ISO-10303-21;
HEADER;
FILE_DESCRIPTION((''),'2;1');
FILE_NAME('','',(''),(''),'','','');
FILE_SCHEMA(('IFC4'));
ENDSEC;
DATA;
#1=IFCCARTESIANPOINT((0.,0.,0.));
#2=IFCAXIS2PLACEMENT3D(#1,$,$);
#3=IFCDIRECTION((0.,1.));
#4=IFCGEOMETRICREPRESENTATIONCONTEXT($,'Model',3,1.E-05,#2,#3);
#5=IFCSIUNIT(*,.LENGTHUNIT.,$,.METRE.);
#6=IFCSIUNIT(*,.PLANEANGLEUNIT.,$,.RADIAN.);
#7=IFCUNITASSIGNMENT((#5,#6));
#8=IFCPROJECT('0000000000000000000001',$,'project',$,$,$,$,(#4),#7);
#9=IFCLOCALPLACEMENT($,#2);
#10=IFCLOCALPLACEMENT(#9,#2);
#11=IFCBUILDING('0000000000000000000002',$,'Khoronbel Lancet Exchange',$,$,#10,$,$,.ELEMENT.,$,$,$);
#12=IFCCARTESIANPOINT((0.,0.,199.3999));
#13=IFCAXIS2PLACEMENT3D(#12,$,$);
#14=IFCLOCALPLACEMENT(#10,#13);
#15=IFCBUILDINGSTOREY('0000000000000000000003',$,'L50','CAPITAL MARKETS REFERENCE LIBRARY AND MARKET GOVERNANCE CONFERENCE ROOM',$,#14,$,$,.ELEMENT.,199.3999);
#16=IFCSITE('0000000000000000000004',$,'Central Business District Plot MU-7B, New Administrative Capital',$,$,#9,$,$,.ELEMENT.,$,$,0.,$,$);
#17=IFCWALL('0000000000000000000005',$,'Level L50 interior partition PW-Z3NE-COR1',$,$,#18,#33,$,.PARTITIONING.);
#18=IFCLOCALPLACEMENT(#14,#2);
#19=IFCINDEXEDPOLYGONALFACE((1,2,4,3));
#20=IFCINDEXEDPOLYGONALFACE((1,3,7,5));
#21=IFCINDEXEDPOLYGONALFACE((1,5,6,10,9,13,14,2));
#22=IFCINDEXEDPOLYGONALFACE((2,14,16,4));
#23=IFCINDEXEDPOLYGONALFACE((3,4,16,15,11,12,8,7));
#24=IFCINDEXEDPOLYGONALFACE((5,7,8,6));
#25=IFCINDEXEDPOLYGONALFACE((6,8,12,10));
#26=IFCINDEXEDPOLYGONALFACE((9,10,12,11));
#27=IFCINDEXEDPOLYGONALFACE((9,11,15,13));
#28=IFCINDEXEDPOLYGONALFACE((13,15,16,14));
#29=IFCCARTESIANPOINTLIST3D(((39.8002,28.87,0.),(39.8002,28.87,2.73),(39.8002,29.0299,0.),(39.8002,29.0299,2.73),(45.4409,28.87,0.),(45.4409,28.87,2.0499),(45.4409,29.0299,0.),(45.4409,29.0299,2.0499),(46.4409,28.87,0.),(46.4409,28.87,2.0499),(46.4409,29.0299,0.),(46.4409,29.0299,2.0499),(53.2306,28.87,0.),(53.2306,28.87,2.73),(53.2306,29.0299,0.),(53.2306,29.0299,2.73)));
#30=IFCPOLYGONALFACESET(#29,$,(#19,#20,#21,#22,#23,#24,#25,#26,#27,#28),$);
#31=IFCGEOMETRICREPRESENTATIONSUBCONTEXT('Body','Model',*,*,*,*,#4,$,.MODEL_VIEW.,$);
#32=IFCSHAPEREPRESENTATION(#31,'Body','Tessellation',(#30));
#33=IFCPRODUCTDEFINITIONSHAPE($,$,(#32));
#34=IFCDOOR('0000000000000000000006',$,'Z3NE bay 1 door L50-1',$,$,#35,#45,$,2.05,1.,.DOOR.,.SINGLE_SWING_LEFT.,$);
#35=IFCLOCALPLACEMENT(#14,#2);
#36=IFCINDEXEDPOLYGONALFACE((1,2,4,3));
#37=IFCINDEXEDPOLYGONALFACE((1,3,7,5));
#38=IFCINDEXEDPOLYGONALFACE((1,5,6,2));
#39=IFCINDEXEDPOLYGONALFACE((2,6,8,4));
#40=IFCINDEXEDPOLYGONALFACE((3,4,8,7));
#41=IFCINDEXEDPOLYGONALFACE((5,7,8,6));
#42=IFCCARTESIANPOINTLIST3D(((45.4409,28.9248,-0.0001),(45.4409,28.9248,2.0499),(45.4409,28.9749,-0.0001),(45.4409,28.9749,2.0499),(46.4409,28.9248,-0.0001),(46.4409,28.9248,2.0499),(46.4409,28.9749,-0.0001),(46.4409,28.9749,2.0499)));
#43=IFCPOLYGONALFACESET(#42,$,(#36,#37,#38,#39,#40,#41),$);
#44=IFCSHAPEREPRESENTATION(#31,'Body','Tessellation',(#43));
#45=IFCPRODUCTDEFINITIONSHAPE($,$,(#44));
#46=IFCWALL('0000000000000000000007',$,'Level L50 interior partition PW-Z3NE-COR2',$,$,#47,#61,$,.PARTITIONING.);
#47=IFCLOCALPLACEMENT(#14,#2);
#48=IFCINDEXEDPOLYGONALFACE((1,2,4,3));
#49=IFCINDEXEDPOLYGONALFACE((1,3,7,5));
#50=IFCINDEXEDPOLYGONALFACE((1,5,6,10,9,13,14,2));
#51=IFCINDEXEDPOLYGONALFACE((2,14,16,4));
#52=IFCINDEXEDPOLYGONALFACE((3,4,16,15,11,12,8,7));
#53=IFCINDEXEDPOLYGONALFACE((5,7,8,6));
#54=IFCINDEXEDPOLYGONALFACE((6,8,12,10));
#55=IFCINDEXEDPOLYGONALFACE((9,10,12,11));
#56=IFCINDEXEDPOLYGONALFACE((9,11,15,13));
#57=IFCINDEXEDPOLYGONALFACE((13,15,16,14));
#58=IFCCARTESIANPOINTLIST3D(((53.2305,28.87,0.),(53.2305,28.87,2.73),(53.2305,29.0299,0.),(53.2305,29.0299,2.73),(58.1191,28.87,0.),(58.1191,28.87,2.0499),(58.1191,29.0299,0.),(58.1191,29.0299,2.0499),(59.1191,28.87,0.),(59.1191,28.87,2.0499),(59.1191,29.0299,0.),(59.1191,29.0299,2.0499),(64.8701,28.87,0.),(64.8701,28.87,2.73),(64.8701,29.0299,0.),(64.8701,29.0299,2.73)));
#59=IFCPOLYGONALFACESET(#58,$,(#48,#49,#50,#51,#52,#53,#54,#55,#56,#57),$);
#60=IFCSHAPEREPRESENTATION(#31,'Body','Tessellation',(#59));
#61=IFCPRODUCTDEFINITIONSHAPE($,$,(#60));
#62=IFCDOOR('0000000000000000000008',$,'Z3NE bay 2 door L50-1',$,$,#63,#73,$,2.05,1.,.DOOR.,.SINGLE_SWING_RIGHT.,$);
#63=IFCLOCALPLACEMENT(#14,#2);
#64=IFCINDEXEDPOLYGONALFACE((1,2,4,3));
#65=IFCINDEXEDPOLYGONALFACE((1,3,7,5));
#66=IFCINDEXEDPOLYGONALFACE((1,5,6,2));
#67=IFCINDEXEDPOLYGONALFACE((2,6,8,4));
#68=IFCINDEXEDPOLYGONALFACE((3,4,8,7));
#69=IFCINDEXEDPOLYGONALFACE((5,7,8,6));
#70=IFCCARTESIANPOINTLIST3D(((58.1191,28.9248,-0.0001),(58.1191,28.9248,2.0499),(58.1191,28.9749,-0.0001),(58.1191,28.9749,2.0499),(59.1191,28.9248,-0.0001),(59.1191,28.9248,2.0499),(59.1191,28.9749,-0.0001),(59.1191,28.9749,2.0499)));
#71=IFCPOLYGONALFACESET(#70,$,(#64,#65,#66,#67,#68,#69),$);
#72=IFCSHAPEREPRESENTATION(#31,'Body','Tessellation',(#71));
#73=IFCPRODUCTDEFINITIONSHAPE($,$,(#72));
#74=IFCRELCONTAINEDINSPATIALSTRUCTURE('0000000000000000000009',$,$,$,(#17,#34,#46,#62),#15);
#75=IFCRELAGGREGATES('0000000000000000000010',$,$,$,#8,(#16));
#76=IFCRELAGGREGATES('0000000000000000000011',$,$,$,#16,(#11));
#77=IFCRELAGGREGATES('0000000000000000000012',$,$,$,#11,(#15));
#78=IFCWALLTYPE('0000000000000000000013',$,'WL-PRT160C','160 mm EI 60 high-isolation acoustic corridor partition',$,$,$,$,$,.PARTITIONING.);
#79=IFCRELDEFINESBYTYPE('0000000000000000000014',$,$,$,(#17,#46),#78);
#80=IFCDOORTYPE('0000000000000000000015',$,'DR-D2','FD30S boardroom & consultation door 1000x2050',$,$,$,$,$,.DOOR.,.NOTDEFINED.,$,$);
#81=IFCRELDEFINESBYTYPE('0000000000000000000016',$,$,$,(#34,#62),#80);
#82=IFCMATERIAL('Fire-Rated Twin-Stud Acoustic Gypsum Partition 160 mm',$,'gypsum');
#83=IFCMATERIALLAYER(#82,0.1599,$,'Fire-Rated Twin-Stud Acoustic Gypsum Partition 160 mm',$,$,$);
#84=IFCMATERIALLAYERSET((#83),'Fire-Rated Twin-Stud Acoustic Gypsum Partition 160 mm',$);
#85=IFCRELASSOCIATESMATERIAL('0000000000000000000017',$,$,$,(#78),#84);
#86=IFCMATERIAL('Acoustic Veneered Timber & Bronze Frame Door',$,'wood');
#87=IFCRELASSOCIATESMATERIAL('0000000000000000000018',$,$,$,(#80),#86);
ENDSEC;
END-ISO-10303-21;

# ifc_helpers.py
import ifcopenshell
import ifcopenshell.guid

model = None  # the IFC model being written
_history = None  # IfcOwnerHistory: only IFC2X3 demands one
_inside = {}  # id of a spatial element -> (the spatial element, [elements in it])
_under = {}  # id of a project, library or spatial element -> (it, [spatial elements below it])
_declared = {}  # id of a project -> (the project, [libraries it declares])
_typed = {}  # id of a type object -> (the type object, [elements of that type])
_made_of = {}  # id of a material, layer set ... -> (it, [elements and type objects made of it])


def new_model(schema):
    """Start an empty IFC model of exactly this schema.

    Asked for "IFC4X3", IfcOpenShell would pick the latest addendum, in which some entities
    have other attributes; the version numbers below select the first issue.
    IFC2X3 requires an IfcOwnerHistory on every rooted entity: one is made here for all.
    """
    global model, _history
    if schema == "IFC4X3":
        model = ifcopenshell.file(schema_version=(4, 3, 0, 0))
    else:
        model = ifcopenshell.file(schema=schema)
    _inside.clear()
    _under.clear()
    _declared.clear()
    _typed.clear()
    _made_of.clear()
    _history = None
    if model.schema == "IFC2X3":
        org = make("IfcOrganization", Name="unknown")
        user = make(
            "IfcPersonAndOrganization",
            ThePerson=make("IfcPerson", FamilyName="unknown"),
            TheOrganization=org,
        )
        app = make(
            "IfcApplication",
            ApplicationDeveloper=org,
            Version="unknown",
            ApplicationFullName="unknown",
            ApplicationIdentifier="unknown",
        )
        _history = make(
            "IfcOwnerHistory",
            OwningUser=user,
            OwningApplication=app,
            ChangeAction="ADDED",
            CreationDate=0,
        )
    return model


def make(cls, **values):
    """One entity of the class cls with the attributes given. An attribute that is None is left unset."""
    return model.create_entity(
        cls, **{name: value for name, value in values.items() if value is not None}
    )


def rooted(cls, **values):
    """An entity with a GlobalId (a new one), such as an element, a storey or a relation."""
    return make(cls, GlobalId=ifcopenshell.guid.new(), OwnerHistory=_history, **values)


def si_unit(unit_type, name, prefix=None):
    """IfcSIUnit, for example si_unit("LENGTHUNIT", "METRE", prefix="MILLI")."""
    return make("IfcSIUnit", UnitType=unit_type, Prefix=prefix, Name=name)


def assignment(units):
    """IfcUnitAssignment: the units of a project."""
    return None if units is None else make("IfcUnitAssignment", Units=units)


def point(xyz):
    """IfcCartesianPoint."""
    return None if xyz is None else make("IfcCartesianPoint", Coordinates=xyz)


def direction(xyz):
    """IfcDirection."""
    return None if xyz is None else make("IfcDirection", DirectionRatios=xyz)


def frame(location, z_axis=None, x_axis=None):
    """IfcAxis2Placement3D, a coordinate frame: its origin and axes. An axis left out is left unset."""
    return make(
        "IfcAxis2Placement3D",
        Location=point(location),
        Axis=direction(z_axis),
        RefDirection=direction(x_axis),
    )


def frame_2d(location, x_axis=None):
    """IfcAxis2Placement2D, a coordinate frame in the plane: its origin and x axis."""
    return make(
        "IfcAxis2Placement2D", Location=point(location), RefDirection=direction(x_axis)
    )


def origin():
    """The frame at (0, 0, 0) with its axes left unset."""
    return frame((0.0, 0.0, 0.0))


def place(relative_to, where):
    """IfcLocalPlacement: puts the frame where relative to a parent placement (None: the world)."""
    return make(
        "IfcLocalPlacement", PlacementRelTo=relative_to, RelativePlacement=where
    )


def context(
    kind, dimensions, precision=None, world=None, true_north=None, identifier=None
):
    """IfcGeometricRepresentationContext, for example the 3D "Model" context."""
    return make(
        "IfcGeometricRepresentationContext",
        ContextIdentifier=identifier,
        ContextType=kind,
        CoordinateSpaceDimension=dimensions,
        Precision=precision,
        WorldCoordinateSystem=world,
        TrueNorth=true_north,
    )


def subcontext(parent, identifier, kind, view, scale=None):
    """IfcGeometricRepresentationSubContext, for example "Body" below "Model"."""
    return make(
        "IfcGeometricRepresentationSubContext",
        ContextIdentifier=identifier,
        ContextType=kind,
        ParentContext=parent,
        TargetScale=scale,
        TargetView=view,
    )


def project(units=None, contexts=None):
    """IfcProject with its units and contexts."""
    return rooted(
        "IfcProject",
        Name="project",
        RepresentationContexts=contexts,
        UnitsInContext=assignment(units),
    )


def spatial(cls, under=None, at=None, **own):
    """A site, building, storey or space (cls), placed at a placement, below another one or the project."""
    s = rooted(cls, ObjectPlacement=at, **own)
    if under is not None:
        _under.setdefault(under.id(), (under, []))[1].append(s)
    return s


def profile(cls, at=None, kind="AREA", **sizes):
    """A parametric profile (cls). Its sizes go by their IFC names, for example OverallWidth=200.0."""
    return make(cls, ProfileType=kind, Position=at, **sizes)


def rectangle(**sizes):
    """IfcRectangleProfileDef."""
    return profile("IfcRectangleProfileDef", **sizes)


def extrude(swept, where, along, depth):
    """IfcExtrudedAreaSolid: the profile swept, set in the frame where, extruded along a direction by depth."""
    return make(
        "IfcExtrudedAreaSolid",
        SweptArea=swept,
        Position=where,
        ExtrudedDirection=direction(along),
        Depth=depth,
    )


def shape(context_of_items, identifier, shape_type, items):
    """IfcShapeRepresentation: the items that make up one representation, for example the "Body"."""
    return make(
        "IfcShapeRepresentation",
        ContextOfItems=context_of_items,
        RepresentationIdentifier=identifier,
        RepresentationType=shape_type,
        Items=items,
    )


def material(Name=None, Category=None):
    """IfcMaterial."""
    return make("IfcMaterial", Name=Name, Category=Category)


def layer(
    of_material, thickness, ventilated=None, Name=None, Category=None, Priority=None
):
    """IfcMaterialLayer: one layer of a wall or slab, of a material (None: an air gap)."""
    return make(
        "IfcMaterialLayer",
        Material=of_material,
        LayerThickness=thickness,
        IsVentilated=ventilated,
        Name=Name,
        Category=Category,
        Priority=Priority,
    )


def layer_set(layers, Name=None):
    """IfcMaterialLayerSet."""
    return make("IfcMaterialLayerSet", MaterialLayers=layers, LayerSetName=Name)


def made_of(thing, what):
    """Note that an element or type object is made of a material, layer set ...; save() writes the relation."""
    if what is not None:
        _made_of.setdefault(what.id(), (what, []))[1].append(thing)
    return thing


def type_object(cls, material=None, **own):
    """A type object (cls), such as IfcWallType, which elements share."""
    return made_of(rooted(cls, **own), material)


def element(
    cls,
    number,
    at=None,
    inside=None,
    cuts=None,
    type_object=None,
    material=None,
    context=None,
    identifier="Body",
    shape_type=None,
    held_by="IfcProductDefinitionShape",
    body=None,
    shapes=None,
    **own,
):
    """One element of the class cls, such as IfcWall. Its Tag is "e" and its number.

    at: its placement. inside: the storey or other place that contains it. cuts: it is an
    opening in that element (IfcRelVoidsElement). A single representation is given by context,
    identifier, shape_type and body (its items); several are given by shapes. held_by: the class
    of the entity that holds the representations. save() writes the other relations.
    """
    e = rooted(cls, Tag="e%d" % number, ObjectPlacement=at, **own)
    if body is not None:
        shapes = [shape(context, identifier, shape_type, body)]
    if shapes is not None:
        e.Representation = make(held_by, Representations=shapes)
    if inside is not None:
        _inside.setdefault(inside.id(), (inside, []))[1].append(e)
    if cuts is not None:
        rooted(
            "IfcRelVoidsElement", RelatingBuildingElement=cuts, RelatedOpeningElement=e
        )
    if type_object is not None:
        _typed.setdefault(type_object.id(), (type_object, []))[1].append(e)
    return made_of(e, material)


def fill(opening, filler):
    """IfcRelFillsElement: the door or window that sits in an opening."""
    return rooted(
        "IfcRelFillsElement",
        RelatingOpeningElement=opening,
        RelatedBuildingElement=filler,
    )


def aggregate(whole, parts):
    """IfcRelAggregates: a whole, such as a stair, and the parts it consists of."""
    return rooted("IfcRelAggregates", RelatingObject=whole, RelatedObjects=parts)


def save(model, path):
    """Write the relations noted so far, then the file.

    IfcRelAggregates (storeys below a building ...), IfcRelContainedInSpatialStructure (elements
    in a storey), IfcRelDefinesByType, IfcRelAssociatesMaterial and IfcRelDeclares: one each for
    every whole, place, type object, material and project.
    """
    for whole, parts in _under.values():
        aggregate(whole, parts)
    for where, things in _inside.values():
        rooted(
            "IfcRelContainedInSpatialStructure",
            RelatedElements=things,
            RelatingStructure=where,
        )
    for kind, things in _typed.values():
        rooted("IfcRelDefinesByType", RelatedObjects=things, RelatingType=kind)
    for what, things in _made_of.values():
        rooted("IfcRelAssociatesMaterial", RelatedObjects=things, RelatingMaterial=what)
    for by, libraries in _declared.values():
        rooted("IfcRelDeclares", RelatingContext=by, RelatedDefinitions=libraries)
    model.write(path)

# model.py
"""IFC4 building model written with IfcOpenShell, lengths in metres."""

from ifc_helpers import new_model, si_unit, direction, frame, frame_2d, origin, place, context, subcontext, project, spatial, rectangle, extrude, material, layer, layer_set, type_object, element, fill, save


model = new_model("IFC4")

# Units and contexts
model_context = context("Model", 3, precision=1e-05, world=origin(), true_north=direction((0.0, 1.0)))
body_context = subcontext(model_context, "Body", "Model", "MODEL_VIEW")
ifc_project = project(units=[si_unit("LENGTHUNIT", "METRE"), si_unit("PLANEANGLEUNIT", "RADIAN")], contexts=[model_context])

# Site, building, storey
site_placement = place(None, origin())
site = spatial("IfcSite", under=ifc_project, at=site_placement, Name="Central Business District Plot MU-7B, New Administrative Capital", CompositionType="ELEMENT", RefElevation=0.0)
building_placement = place(site_placement, origin())
building = spatial("IfcBuilding", under=site, at=building_placement, Name="Khoronbel Lancet Exchange", CompositionType="ELEMENT")
storey_placement = place(building_placement, frame((0.0, 0.0, 199.3999)))
storey = spatial("IfcBuildingStorey", under=building, at=storey_placement, Name="L50", Description="CAPITAL MARKETS REFERENCE LIBRARY AND MARKET GOVERNANCE CONFERENCE ROOM", CompositionType="ELEMENT", Elevation=199.3999)

# Walls, openings, doors
ifc_material_1 = material(Name="Fire-Rated Twin-Stud Acoustic Gypsum Partition 160 mm", Category="gypsum")
ifc_layer_1 = layer(ifc_material_1, 0.1599, Name="Fire-Rated Twin-Stud Acoustic Gypsum Partition 160 mm")
ifc_layer_set_1 = layer_set([ifc_layer_1], Name="Fire-Rated Twin-Stud Acoustic Gypsum Partition 160 mm")
wall_type_1 = type_object("IfcWallType", Name="WL-PRT160C", Description="160 mm EI 60 high-isolation acoustic corridor partition", PredefinedType="PARTITIONING", material=ifc_layer_set_1)
ifc_material_2 = material(Name="Acoustic Veneered Timber & Bronze Frame Door", Category="wood")
door_type_1 = type_object("IfcDoorType", Name="DR-D2", Description="FD30S boardroom & consultation door 1000x2050", OperationType="NOTDEFINED", PredefinedType="DOOR", material=ifc_material_2)
wall_1_placement = place(storey_placement, frame((39.8, 28.95, 0.0), z_axis=(0.0, 0.0, 1.0), x_axis=(1.0, 0.0, 0.0)))
wall_1 = element("IfcWall", 1, at=wall_1_placement, inside=storey, type_object=wall_type_1, Name="Level L50 interior partition PW-Z3NE-COR1", PredefinedType="PARTITIONING", context=body_context, shape_type="SweptSolid", body=[
    extrude(rectangle(XDim=13.4304, YDim=0.1599, at=frame_2d((6.7153, 0.0))), origin(), (0.0, 0.0, 1.0), 2.73),
])
opening_1_placement = place(wall_1_placement, frame((5.6409, 0.0, 0.0)))
opening_1 = element("IfcOpeningElement", 2, at=opening_1_placement, cuts=wall_1, PredefinedType="OPENING", context=body_context, shape_type="SweptSolid", body=[
    extrude(rectangle(XDim=1.0, YDim=2.05, at=frame_2d((0.5, 1.0249))), frame((0.0, 0.0898, 0.0), z_axis=(0.0, -1.0, 0.0), x_axis=(1.0, 0.0, 0.0)), (0.0, 0.0, 1.0), 0.1799),
])
door_1_placement = place(opening_1_placement, origin())
door_1 = element("IfcDoor", 3, at=door_1_placement, inside=storey, type_object=door_type_1, Name="Z3NE bay 1 door L50-1", OperationType="SINGLE_SWING_LEFT", OverallHeight=2.05, OverallWidth=1.0, PredefinedType="DOOR", context=body_context, shape_type="SweptSolid", body=[
    extrude(rectangle(XDim=1.0, YDim=2.05, at=frame_2d((0.5, 1.0249))), frame((0.0, 0.0249, 0.0), z_axis=(0.0, -1.0, 0.0), x_axis=(1.0, 0.0, 0.0)), (0.0, 0.0, 1.0), 0.05),
])
fill(opening_1, door_1)
wall_2_placement = place(storey_placement, frame((53.2305, 28.95, 0.0), z_axis=(0.0, 0.0, 1.0), x_axis=(1.0, 0.0, 0.0)))
wall_2 = element("IfcWall", 4, at=wall_2_placement, inside=storey, type_object=wall_type_1, Name="Level L50 interior partition PW-Z3NE-COR2", PredefinedType="PARTITIONING", context=body_context, shape_type="SweptSolid", body=[
    extrude(rectangle(XDim=11.6396, YDim=0.1599, at=frame_2d((5.8198, 0.0))), origin(), (0.0, 0.0, 1.0), 2.73),
])
opening_2_placement = place(wall_2_placement, frame((4.8887, 0.0, 0.0)))
opening_2 = element("IfcOpeningElement", 5, at=opening_2_placement, cuts=wall_2, PredefinedType="OPENING", context=body_context, shape_type="SweptSolid", body=[
    extrude(rectangle(XDim=1.0, YDim=2.05, at=frame_2d((0.5, 1.0249))), frame((0.0, 0.0898, 0.0), z_axis=(0.0, -1.0, 0.0), x_axis=(1.0, 0.0, 0.0)), (0.0, 0.0, 1.0), 0.1799),
])
door_2_placement = place(opening_2_placement, origin())
door_2 = element("IfcDoor", 6, at=door_2_placement, inside=storey, type_object=door_type_1, Name="Z3NE bay 2 door L50-1", OperationType="SINGLE_SWING_RIGHT", OverallHeight=2.05, OverallWidth=1.0, PredefinedType="DOOR", context=body_context, shape_type="SweptSolid", body=[
    extrude(rectangle(XDim=1.0, YDim=2.05, at=frame_2d((0.5, 1.0249))), frame((0.0, 0.0249, 0.0), z_axis=(0.0, -1.0, 0.0), x_axis=(1.0, 0.0, 0.0)), (0.0, 0.0, 1.0), 0.05),
])
fill(opening_2, door_2)

save(model, "model.ifc")
